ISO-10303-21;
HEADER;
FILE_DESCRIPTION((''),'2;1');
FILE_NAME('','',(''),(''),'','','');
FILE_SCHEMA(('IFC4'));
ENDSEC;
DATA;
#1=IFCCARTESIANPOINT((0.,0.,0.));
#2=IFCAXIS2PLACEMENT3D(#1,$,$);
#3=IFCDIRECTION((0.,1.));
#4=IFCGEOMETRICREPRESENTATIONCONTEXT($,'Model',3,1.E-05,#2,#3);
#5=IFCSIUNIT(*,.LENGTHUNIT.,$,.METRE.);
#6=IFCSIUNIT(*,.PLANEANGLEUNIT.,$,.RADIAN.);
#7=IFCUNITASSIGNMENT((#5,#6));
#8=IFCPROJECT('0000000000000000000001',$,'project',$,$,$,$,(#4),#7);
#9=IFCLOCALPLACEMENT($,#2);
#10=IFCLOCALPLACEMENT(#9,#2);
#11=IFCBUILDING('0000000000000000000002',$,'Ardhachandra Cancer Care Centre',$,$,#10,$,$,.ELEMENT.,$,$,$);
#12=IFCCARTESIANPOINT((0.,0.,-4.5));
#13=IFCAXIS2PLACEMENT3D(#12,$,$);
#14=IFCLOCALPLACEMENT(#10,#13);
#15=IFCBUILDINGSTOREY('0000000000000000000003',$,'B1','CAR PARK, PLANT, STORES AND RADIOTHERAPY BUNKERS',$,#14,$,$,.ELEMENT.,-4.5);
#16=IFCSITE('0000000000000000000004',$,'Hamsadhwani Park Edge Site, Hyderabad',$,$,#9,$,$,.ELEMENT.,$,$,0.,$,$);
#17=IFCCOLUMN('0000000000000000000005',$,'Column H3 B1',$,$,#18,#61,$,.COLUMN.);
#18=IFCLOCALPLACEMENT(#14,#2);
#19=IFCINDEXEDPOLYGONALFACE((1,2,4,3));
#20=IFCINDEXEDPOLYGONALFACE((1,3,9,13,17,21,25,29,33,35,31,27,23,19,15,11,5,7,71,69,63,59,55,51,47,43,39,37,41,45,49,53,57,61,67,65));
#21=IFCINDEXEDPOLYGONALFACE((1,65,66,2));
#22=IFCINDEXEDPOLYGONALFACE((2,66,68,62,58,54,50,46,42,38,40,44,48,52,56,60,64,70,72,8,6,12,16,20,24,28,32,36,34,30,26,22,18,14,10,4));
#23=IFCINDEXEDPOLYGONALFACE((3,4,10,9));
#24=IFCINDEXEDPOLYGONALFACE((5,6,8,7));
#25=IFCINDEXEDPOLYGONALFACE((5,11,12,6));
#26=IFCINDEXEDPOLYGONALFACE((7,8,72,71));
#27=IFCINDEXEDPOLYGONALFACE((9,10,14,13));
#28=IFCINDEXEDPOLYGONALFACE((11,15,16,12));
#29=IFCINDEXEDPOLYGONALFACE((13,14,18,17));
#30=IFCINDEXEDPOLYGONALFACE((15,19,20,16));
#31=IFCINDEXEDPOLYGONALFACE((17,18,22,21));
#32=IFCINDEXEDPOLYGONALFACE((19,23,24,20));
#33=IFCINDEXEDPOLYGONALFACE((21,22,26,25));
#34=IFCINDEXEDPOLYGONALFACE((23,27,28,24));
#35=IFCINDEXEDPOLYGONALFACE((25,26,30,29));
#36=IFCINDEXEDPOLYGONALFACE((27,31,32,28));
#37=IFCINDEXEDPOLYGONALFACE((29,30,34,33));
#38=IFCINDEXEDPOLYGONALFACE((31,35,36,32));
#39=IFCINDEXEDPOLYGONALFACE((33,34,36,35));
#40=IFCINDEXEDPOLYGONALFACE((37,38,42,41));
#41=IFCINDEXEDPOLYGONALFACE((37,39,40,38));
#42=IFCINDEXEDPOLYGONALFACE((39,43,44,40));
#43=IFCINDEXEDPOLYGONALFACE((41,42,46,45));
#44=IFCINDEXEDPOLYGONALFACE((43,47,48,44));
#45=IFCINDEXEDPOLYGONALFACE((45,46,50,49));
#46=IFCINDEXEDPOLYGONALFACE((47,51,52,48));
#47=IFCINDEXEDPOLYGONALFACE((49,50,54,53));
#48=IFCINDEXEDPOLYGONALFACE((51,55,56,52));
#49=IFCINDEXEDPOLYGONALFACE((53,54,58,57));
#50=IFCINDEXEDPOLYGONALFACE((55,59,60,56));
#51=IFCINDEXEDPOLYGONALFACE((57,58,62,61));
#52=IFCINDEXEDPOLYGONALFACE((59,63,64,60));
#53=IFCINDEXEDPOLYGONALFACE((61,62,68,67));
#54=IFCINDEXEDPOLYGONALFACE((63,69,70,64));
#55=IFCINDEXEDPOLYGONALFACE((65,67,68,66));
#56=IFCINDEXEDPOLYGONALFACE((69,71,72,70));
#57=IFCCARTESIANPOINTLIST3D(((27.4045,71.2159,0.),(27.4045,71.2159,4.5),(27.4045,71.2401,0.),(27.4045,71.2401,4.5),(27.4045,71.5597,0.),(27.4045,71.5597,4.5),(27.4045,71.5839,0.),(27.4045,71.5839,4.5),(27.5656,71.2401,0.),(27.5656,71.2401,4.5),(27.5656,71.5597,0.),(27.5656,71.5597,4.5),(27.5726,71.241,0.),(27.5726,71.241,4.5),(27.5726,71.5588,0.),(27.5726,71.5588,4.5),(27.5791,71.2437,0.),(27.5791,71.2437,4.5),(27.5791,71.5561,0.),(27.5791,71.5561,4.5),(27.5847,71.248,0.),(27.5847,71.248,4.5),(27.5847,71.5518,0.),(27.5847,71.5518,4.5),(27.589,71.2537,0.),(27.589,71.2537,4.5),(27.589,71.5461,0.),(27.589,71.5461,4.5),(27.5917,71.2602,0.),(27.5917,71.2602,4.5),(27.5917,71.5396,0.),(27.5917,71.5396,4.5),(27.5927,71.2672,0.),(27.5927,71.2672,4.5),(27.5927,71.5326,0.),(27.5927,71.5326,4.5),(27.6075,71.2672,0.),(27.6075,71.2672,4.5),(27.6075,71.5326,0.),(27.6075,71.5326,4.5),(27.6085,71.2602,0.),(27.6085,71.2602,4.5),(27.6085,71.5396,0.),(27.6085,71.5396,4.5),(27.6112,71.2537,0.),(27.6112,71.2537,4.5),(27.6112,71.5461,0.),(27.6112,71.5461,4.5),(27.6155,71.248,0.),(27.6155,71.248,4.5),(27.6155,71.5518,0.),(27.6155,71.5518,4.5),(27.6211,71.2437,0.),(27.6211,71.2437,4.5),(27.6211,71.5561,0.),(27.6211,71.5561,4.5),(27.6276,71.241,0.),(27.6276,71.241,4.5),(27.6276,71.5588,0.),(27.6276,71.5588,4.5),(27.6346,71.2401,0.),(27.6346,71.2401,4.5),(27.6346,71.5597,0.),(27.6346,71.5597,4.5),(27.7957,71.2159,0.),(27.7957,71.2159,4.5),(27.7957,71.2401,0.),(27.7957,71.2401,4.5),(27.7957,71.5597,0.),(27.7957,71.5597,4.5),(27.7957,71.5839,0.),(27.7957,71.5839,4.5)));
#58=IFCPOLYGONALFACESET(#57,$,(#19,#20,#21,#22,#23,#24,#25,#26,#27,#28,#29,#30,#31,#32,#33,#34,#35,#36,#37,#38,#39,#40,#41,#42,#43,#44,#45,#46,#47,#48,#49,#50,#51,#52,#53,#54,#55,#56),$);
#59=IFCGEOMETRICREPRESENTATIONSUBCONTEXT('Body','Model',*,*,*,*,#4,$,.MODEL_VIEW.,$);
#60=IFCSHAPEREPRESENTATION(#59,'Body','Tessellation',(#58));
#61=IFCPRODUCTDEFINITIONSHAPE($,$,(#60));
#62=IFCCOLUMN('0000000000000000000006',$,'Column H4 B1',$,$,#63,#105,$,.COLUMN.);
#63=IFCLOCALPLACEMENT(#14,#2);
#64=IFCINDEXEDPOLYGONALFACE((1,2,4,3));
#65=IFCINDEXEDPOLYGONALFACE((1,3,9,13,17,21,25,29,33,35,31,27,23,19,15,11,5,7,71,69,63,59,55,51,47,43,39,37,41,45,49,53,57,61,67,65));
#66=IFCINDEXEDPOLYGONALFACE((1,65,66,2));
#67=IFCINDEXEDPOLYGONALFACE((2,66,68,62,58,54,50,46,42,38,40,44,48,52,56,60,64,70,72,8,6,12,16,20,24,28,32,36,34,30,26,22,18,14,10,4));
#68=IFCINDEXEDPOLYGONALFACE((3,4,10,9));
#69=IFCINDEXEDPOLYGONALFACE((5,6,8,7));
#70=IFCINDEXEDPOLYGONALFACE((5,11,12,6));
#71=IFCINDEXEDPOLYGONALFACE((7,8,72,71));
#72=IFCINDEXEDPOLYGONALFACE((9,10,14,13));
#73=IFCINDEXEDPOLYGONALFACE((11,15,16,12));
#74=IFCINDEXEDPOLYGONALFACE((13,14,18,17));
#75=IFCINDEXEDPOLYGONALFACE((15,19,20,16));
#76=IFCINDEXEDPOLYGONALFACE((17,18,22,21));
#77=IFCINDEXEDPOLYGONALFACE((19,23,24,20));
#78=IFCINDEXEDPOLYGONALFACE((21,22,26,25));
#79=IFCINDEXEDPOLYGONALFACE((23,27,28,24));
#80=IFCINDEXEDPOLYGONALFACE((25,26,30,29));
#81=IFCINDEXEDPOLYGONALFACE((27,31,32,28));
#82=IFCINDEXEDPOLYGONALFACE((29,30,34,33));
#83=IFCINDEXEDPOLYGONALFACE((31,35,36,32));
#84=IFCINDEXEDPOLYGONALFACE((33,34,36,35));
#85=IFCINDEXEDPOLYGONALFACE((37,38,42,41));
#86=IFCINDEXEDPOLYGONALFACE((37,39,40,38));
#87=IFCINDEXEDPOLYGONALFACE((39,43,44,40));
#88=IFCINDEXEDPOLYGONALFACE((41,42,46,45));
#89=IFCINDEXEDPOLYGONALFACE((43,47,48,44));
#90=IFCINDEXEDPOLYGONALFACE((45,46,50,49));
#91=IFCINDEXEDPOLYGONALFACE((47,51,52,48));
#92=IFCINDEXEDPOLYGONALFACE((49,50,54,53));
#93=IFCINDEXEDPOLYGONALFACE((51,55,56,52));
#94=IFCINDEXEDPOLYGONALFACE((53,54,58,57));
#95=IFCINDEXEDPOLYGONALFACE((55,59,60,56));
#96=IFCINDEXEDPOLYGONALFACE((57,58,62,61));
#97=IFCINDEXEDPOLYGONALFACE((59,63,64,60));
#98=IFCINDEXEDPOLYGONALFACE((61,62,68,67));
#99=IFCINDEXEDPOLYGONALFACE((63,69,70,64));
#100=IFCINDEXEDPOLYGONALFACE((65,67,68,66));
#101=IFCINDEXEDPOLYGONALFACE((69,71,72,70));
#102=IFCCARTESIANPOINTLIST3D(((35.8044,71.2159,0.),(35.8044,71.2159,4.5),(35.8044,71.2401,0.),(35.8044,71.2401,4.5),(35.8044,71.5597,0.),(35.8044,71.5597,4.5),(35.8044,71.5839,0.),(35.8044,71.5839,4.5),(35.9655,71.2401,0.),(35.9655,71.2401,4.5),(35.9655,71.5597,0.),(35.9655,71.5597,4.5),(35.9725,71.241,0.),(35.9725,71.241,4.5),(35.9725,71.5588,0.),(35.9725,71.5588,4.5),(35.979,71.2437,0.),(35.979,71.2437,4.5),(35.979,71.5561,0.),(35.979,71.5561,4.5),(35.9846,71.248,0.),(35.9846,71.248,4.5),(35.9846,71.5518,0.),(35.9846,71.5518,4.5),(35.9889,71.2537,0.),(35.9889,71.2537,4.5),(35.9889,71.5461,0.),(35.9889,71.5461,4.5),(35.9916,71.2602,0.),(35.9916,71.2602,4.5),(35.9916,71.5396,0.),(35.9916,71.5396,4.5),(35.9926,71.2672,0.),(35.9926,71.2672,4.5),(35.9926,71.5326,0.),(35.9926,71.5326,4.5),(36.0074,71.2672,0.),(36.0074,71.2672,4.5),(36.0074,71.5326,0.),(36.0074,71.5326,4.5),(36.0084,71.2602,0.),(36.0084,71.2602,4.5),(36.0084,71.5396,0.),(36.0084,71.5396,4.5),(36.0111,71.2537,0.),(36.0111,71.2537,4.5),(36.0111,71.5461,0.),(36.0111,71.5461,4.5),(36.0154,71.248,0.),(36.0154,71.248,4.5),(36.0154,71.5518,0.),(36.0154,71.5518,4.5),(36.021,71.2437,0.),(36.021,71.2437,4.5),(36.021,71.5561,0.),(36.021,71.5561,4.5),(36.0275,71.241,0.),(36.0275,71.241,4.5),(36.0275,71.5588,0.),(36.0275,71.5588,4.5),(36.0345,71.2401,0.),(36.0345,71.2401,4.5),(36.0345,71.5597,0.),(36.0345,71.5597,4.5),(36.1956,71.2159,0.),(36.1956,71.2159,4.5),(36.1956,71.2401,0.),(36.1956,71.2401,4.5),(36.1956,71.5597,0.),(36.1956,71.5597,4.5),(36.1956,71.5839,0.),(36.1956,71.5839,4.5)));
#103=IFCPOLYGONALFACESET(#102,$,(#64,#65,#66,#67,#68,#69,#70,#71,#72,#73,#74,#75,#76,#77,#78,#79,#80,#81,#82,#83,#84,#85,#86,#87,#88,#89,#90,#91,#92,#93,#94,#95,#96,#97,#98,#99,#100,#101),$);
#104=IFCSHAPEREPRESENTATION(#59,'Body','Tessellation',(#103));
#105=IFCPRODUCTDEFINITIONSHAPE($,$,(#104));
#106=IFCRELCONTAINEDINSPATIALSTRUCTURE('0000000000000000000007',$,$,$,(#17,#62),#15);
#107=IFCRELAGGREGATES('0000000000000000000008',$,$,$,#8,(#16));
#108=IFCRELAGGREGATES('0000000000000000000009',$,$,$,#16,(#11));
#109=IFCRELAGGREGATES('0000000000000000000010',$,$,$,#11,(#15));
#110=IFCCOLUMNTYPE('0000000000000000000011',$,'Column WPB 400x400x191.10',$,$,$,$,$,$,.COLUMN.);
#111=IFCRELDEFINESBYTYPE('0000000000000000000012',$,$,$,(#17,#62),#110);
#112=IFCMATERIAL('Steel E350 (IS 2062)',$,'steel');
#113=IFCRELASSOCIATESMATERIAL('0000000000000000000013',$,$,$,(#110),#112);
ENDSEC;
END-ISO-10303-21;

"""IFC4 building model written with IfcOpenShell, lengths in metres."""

from ifc_helpers import new_model, si_unit, direction, frame, origin, origin_2d, place, context, subcontext, project, spatial, i_section, extrude, material, material_profile, profile_set, type_object, element, save


model = new_model("IFC4")

# Units and contexts
model_context = context("Model", 3, precision=1e-05, world=origin(), true_north=direction((0.0, 1.0)))
body_context = subcontext(model_context, "Body", "Model", "MODEL_VIEW")
ifc_project = project(units=[si_unit("LENGTHUNIT", "METRE"), si_unit("PLANEANGLEUNIT", "RADIAN")], contexts=[model_context])

# Site, building, storey
site_placement = place(None, origin())
site = spatial("IfcSite", under=ifc_project, at=site_placement, Name="Hamsadhwani Park Edge Site, Hyderabad", CompositionType="ELEMENT", RefElevation=0.0)
building_placement = place(site_placement, origin())
building = spatial("IfcBuilding", under=site, at=building_placement, Name="Ardhachandra Cancer Care Centre", CompositionType="ELEMENT")
storey_placement = place(building_placement, frame((0.0, 0.0, -4.5)))
storey = spatial("IfcBuildingStorey", under=building, at=storey_placement, Name="B1", Description="CAR PARK, PLANT, STORES AND RADIOTHERAPY BUNKERS", CompositionType="ELEMENT", Elevation=-4.5)

# Columns
ifc_material_1 = material(Name="Steel E350 (IS 2062)", Category="steel")
ifc_material_profile_1 = material_profile(ifc_material_1, i_section(OverallWidth=0.3911, OverallDepth=0.3679, WebThickness=0.0149, FlangeThickness=0.0242, FilletRadius=0.0271, at=origin_2d()), Name="WPB 400x400x191.10")
ifc_profile_set_1 = profile_set([ifc_material_profile_1], Name="Steel E350 (IS 2062)")
column_type_1 = type_object("IfcColumnType", Name="Column WPB 400x400x191.10", PredefinedType="COLUMN", material=ifc_profile_set_1)
for number, where, z_axis, x_axis, name in (
    (1, (27.6001, 71.3999, 0.0), (0.0, 0.0, 1.0), (1.0, 0.0, 0.0), "Column H3 B1"),
    (2, (36.0, 71.3999, 0.0), (0.0, 0.0, 1.0), (1.0, 0.0, 0.0), "Column H4 B1"),
):
    element("IfcColumn", number, at=place(storey_placement, frame(where, z_axis=z_axis, x_axis=x_axis)), inside=storey, type_object=column_type_1, Name=name, PredefinedType="COLUMN", context=body_context, shape_type="SweptSolid", body=[
        extrude(i_section(OverallWidth=0.3911, OverallDepth=0.3679, WebThickness=0.0149, FlangeThickness=0.0242, FilletRadius=0.0271, at=origin_2d()), origin(), (0.0, 0.0, 1.0), 4.5),
    ])

save(model, "model.ifc")
